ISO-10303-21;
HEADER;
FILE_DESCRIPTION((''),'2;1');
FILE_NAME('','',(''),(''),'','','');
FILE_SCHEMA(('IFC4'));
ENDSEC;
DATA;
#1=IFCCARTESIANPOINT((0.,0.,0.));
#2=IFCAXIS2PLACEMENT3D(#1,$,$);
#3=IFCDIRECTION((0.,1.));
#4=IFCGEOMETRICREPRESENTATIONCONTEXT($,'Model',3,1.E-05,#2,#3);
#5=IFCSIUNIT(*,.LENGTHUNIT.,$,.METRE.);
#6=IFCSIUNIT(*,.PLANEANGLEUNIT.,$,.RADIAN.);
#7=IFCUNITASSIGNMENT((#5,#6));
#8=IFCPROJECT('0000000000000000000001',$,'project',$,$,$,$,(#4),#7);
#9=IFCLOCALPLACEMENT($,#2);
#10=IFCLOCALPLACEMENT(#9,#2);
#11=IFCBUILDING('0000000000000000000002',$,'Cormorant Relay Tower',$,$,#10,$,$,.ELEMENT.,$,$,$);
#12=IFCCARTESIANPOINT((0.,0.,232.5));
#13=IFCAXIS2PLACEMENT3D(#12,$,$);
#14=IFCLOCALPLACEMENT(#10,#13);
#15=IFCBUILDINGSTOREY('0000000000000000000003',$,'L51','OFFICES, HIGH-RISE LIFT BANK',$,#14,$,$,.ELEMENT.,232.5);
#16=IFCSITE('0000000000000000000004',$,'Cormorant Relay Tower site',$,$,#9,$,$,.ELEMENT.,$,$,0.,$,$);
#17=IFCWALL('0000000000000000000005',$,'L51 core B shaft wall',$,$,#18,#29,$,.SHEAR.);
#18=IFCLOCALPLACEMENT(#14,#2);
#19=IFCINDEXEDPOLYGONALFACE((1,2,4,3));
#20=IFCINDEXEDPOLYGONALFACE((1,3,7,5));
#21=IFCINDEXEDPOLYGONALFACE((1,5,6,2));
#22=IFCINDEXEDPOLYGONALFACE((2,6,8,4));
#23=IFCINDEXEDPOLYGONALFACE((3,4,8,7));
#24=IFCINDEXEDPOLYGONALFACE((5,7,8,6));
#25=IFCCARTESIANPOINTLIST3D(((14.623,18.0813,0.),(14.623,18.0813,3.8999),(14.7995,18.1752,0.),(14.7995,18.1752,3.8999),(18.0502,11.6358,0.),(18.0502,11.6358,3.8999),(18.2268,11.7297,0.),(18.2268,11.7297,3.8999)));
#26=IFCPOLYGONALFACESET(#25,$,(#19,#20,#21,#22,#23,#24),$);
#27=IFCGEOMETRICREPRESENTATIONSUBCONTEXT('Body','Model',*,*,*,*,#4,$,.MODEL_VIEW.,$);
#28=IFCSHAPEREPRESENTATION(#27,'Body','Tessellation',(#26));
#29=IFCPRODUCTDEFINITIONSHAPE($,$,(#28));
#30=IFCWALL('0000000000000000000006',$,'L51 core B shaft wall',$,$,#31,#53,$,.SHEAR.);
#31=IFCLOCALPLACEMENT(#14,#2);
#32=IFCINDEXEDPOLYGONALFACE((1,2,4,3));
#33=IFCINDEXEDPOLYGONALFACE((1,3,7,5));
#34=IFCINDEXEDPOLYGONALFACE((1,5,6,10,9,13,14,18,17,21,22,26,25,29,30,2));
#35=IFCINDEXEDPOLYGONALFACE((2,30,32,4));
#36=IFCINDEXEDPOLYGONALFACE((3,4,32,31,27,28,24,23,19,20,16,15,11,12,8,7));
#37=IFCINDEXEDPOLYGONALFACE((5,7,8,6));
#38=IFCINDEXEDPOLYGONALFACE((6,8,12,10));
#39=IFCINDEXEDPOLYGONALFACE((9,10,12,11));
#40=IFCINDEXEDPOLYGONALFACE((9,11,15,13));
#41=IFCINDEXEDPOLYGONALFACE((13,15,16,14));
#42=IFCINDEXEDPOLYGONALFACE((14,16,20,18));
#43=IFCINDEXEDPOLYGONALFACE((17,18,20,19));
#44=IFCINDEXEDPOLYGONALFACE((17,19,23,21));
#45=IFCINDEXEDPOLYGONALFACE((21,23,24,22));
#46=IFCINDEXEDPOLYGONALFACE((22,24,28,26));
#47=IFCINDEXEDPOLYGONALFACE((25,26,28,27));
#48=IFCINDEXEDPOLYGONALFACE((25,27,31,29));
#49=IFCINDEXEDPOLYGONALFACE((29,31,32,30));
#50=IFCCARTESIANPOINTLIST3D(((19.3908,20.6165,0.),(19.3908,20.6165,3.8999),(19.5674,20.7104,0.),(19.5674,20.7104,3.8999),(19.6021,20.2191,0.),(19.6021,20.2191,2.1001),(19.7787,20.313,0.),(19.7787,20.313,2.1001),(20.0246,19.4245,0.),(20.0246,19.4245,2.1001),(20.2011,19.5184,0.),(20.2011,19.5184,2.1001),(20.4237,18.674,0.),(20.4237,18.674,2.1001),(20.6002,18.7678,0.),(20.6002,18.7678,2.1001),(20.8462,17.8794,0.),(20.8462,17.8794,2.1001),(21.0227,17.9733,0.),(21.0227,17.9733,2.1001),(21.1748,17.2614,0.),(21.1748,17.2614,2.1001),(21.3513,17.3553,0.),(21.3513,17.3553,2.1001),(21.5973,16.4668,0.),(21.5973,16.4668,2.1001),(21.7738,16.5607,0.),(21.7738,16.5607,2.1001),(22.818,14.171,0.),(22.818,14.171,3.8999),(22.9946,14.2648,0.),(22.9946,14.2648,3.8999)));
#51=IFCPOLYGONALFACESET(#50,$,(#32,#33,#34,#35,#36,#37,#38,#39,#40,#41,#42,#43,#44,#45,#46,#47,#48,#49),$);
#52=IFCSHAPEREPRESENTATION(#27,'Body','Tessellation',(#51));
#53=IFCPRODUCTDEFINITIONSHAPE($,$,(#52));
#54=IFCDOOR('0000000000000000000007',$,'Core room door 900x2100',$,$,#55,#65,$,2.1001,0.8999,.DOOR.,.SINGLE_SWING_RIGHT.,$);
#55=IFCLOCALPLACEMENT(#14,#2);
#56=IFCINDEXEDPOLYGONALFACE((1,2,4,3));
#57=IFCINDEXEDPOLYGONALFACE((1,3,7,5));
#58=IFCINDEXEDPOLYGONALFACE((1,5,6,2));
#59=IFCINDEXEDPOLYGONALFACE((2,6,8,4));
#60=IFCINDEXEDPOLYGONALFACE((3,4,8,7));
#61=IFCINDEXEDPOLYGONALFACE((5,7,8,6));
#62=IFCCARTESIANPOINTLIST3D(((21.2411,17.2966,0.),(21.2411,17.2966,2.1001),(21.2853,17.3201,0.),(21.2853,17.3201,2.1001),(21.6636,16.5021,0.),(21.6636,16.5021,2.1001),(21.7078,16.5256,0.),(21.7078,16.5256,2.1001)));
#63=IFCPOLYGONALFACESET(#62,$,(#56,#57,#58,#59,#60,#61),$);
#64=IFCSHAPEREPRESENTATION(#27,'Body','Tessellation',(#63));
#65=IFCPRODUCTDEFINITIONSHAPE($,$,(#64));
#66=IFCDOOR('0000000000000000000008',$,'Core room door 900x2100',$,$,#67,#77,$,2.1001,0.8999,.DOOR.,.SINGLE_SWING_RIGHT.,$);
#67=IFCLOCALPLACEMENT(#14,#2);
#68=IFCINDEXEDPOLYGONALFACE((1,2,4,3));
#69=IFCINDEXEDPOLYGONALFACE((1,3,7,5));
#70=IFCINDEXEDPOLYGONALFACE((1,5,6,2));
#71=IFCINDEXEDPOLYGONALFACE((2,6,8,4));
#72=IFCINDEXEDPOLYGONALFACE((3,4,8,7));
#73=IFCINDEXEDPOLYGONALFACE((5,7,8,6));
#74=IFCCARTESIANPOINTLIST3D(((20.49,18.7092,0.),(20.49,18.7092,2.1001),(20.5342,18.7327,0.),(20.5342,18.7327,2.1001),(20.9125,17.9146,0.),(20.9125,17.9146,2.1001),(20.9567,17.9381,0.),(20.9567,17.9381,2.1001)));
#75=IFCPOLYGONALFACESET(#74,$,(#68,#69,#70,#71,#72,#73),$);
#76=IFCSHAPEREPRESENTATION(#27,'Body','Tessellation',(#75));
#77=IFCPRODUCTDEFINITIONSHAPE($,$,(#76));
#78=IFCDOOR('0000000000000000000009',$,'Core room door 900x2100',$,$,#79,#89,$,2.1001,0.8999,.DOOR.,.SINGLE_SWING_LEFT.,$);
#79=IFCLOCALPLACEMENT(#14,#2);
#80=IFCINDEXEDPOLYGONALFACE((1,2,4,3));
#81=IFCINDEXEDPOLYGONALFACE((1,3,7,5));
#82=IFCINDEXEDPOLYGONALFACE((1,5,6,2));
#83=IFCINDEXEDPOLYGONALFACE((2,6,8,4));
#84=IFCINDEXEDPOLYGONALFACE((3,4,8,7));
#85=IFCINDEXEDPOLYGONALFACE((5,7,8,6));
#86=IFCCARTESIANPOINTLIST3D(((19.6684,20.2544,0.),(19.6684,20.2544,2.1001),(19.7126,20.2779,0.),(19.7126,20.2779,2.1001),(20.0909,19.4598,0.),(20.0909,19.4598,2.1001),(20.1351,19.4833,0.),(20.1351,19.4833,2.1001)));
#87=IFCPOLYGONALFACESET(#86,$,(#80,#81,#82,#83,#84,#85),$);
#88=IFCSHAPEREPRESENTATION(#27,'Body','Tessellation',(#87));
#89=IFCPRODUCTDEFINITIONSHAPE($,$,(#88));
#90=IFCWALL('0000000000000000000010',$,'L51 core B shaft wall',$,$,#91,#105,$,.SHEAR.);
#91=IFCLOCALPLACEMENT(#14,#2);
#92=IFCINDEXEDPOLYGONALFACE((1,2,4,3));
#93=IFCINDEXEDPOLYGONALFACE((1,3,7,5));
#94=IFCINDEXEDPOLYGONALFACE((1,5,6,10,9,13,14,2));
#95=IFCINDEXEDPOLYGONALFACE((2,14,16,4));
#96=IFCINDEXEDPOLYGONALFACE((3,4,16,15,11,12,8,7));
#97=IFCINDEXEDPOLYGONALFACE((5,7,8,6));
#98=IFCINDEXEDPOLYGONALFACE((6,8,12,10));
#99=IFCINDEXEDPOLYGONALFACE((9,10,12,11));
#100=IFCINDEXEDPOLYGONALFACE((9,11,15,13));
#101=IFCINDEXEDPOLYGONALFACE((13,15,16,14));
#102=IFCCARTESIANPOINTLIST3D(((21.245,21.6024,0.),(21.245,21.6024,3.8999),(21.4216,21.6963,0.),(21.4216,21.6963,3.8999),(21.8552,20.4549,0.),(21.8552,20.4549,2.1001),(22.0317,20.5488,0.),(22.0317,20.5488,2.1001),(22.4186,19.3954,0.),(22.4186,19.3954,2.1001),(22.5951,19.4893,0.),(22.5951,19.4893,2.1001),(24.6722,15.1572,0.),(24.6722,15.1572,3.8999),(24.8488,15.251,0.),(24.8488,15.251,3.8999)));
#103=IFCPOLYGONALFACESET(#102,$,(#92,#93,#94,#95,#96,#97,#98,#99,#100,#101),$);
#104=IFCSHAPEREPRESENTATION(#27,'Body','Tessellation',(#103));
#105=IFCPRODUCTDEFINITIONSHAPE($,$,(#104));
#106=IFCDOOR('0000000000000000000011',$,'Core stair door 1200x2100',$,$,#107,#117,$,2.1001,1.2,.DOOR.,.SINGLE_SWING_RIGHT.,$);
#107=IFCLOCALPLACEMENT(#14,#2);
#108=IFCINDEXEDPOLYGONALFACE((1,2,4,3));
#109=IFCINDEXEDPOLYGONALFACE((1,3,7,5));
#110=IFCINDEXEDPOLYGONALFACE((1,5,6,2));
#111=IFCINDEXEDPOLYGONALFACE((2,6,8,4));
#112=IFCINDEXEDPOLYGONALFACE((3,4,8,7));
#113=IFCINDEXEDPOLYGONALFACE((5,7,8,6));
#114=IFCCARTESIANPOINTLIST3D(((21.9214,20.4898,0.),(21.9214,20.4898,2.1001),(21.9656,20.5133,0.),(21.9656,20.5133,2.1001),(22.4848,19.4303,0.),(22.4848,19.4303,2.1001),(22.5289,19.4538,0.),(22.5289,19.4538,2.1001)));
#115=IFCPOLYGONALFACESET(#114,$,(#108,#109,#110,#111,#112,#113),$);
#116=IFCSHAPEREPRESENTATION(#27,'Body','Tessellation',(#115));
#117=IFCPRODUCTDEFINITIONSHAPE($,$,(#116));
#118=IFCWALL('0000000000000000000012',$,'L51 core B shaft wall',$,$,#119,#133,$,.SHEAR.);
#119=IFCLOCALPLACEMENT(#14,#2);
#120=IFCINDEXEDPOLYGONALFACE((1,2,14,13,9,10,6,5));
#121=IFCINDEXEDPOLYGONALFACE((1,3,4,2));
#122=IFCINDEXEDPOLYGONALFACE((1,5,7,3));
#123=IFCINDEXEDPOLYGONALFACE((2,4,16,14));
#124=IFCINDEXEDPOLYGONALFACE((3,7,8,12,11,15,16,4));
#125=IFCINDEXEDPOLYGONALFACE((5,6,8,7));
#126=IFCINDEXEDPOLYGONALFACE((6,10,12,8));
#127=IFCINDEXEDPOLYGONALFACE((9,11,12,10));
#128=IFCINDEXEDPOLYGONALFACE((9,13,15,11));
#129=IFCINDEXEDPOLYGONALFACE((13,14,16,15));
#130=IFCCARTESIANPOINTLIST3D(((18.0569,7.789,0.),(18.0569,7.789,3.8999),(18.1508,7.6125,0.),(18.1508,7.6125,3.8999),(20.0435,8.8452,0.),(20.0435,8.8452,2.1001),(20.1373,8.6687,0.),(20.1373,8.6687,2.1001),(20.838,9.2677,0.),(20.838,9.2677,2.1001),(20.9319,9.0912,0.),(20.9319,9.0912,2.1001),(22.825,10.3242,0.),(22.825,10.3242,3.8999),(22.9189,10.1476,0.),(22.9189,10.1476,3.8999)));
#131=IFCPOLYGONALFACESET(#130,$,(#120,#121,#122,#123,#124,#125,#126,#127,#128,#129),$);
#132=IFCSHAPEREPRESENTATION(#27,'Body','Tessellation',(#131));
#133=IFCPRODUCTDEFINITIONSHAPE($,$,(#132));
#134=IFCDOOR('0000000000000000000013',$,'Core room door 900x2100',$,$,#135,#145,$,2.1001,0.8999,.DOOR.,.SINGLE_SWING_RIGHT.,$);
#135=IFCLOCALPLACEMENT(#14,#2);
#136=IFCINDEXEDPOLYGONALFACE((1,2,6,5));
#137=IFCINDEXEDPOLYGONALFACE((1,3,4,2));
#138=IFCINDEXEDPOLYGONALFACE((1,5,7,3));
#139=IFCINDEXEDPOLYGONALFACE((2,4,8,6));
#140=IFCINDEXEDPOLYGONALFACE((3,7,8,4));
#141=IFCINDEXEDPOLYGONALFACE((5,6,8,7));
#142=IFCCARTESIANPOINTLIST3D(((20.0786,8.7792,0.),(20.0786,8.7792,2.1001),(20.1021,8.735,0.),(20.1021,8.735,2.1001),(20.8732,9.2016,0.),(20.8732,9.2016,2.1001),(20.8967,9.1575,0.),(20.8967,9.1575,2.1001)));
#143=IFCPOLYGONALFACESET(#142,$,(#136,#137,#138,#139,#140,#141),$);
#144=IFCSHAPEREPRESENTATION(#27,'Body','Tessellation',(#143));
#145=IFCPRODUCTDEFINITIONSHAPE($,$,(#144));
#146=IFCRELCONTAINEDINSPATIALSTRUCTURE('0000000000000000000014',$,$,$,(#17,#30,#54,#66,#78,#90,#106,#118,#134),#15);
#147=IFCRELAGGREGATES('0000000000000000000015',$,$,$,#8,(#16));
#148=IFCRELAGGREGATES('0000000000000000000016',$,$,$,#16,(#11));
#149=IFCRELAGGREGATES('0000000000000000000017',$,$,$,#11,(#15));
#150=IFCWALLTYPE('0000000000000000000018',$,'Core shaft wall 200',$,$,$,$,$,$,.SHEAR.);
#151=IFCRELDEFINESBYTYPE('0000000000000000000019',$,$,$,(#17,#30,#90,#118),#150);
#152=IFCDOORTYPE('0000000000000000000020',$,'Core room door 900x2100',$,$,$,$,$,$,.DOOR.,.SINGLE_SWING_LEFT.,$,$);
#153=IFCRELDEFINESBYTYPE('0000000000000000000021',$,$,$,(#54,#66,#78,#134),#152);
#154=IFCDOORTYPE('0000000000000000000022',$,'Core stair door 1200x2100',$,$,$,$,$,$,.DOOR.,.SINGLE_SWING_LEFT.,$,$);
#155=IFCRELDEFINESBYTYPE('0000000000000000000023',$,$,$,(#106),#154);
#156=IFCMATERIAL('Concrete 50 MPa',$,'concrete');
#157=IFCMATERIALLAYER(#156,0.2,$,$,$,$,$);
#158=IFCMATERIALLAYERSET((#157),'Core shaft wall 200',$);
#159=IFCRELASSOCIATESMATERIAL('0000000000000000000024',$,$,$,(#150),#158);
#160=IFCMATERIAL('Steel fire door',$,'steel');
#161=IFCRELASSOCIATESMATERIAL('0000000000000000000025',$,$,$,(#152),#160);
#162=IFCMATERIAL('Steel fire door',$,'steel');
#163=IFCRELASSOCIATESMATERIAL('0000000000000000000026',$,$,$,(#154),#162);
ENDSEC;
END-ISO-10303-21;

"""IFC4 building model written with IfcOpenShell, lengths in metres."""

from ifc_helpers import new_model, si_unit, direction, frame, frame_2d, origin, place, context, subcontext, project, spatial, rectangle, extrude, material, layer, layer_set, type_object, element, fill, save


model = new_model("IFC4")

# Units and contexts
model_context = context("Model", 3, precision=1e-05, world=origin(), true_north=direction((0.0, 1.0)))
body_context = subcontext(model_context, "Body", "Model", "MODEL_VIEW")
ifc_project = project(units=[si_unit("LENGTHUNIT", "METRE"), si_unit("PLANEANGLEUNIT", "RADIAN")], contexts=[model_context])

# Site, building, storey
site_placement = place(None, origin())
site = spatial("IfcSite", under=ifc_project, at=site_placement, Name="Cormorant Relay Tower site", CompositionType="ELEMENT", RefElevation=0.0)
building_placement = place(site_placement, origin())
building = spatial("IfcBuilding", under=site, at=building_placement, Name="Cormorant Relay Tower", CompositionType="ELEMENT")
storey_placement = place(building_placement, frame((0.0, 0.0, 232.5)))
storey = spatial("IfcBuildingStorey", under=building, at=storey_placement, Name="L51", Description="OFFICES, HIGH-RISE LIFT BANK", CompositionType="ELEMENT", Elevation=232.5)

# Wall
ifc_material_1 = material(Name="Concrete 50 MPa", Category="concrete")
ifc_layer = layer(ifc_material_1, 0.2)
ifc_layer_set = layer_set([ifc_layer], Name="Core shaft wall 200")
wall_type = type_object("IfcWallType", Name="Core shaft wall 200", PredefinedType="SHEAR", material=ifc_layer_set)
wall_1_placement = place(storey_placement, frame((18.1384, 11.6829, 0.0), z_axis=(0.0, 0.0, 1.0), x_axis=(-0.46948, 0.882943, 0.0)))
element("IfcWall", 1, at=wall_1_placement, inside=storey, type_object=wall_type, Name="L51 core B shaft wall", PredefinedType="SHEAR", context=body_context, shape_type="SweptSolid", body=[
    extrude(rectangle(XDim=7.3, YDim=0.2, at=frame_2d((3.6499, 0.0))), origin(), (0.0, 0.0, 1.0), 3.8999),
])

# Wall, openings, doors
wall_2_placement = place(storey_placement, frame((22.9062, 14.218, 0.0), z_axis=(0.0, 0.0, 1.0), x_axis=(-0.46948, 0.882943, 0.0)))
wall_2 = element("IfcWall", 2, at=wall_2_placement, inside=storey, type_object=wall_type, Name="L51 core B shaft wall", PredefinedType="SHEAR", context=body_context, shape_type="SweptSolid", body=[
    extrude(rectangle(XDim=7.3, YDim=0.2, at=frame_2d((3.6499, 0.0))), origin(), (0.0, 0.0, 1.0), 3.8999),
])
opening_1_placement = place(wall_2_placement, frame((2.6001, 0.0, 0.0)))
opening_1 = element("IfcOpeningElement", 3, at=opening_1_placement, cuts=wall_2, PredefinedType="OPENING", context=body_context, shape_type="SweptSolid", body=[
    extrude(rectangle(XDim=0.8999, YDim=2.1001, at=frame_2d((0.45, 1.05))), frame((0.0, 0.1099, 0.0), z_axis=(0.0, -1.0, 0.0), x_axis=(1.0, 0.0, 0.0)), (0.0, 0.0, 1.0), 0.22),
])
opening_2_placement = place(wall_2_placement, frame((4.2, 0.0, 0.0)))
opening_2 = element("IfcOpeningElement", 4, at=opening_2_placement, cuts=wall_2, PredefinedType="OPENING", context=body_context, shape_type="SweptSolid", body=[
    extrude(rectangle(XDim=0.8999, YDim=2.1001, at=frame_2d((0.45, 1.05))), frame((0.0, 0.1099, 0.0), z_axis=(0.0, -1.0, 0.0), x_axis=(1.0, 0.0, 0.0)), (0.0, 0.0, 1.0), 0.22),
])
opening_3_placement = place(wall_2_placement, frame((5.95, 0.0, 0.0)))
opening_3 = element("IfcOpeningElement", 5, at=opening_3_placement, cuts=wall_2, PredefinedType="OPENING", context=body_context, shape_type="SweptSolid", body=[
    extrude(rectangle(XDim=0.8999, YDim=2.1001, at=frame_2d((0.45, 1.05))), frame((0.0, 0.1099, 0.0), z_axis=(0.0, -1.0, 0.0), x_axis=(1.0, 0.0, 0.0)), (0.0, 0.0, 1.0), 0.22),
])
ifc_material_2 = material(Name="Steel fire door", Category="steel")
door_type_1 = type_object("IfcDoorType", Name="Core room door 900x2100", OperationType="SINGLE_SWING_LEFT", PredefinedType="DOOR", material=ifc_material_2)
door_1_placement = place(opening_1_placement, origin())
door_1 = element("IfcDoor", 6, at=door_1_placement, inside=storey, type_object=door_type_1, Name="Core room door 900x2100", OperationType="SINGLE_SWING_RIGHT", OverallHeight=2.1001, OverallWidth=0.8999, PredefinedType="DOOR", context=body_context, shape_type="SweptSolid", body=[
    extrude(rectangle(XDim=0.8999, YDim=2.1001, at=frame_2d((0.45, 1.05))), frame((0.0, 0.0249, 0.0), z_axis=(0.0, -1.0, 0.0), x_axis=(1.0, 0.0, 0.0)), (0.0, 0.0, 1.0), 0.05),
])
fill(opening_1, door_1)
door_2_placement = place(opening_2_placement, origin())
door_2 = element("IfcDoor", 7, at=door_2_placement, inside=storey, type_object=door_type_1, Name="Core room door 900x2100", OperationType="SINGLE_SWING_RIGHT", OverallHeight=2.1001, OverallWidth=0.8999, PredefinedType="DOOR", context=body_context, shape_type="SweptSolid", body=[
    extrude(rectangle(XDim=0.8999, YDim=2.1001, at=frame_2d((0.45, 1.05))), frame((0.0, 0.0249, 0.0), z_axis=(0.0, -1.0, 0.0), x_axis=(1.0, 0.0, 0.0)), (0.0, 0.0, 1.0), 0.05),
])
fill(opening_2, door_2)
door_3_placement = place(opening_3_placement, origin())
door_3 = element("IfcDoor", 8, at=door_3_placement, inside=storey, type_object=door_type_1, Name="Core room door 900x2100", OperationType="SINGLE_SWING_LEFT", OverallHeight=2.1001, OverallWidth=0.8999, PredefinedType="DOOR", context=body_context, shape_type="SweptSolid", body=[
    extrude(rectangle(XDim=0.8999, YDim=2.1001, at=frame_2d((0.45, 1.05))), frame((0.0, 0.0249, 0.0), z_axis=(0.0, -1.0, 0.0), x_axis=(1.0, 0.0, 0.0)), (0.0, 0.0, 1.0), 0.05),
])
fill(opening_3, door_3)

# Walls, openings, doors
wall_3_placement = place(storey_placement, frame((24.7605, 15.2041, 0.0), z_axis=(0.0, 0.0, 1.0), x_axis=(-0.469494, 0.882936, 0.0)))
wall_3 = element("IfcWall", 9, at=wall_3_placement, inside=storey, type_object=wall_type, Name="L51 core B shaft wall", PredefinedType="SHEAR", context=body_context, shape_type="SweptSolid", body=[
    extrude(rectangle(XDim=7.2998, YDim=0.2, at=frame_2d((3.6499, 0.0))), origin(), (0.0, 0.0, 1.0), 3.8999),
])
opening_4_placement = place(wall_3_placement, frame((4.8, 0.0, 0.0)))
opening_4 = element("IfcOpeningElement", 10, at=opening_4_placement, cuts=wall_3, PredefinedType="OPENING", context=body_context, shape_type="SweptSolid", body=[
    extrude(rectangle(XDim=1.2, YDim=2.1001, at=frame_2d((0.6001, 1.05))), frame((0.0, 0.1099, 0.0), z_axis=(0.0, -1.0, 0.0), x_axis=(1.0, 0.0, 0.0)), (0.0, 0.0, 1.0), 0.22),
])
ifc_material_3 = material(Name="Steel fire door", Category="steel")
door_type_2 = type_object("IfcDoorType", Name="Core stair door 1200x2100", OperationType="SINGLE_SWING_LEFT", PredefinedType="DOOR", material=ifc_material_3)
door_4_placement = place(opening_4_placement, frame((1.2, 0.0, 0.0), z_axis=(0.0, 0.0, 1.0), x_axis=(-1.0, 0.0, 0.0)))
door_4 = element("IfcDoor", 11, at=door_4_placement, inside=storey, type_object=door_type_2, Name="Core stair door 1200x2100", OperationType="SINGLE_SWING_RIGHT", OverallHeight=2.1001, OverallWidth=1.2, PredefinedType="DOOR", context=body_context, shape_type="SweptSolid", body=[
    extrude(rectangle(XDim=1.2, YDim=2.1001, at=frame_2d((0.6001, 1.05))), frame((0.0, 0.0249, 0.0), z_axis=(0.0, -1.0, 0.0), x_axis=(1.0, 0.0, 0.0)), (0.0, 0.0, 1.0), 0.05),
])
fill(opening_4, door_4)
wall_4_placement = place(storey_placement, frame((18.1038, 7.7007, 0.0), z_axis=(0.0, 0.0, 1.0), x_axis=(0.882953, 0.469462, 0.0)))
wall_4 = element("IfcWall", 12, at=wall_4_placement, inside=storey, type_object=wall_type, Name="L51 core B shaft wall", PredefinedType="SHEAR", context=body_context, shape_type="SweptSolid", body=[
    extrude(rectangle(XDim=5.4001, YDim=0.2, at=frame_2d((2.7002, 0.0))), origin(), (0.0, 0.0, 1.0), 3.8999),
])
opening_5_placement = place(wall_4_placement, frame((2.25, 0.0, 0.0)))
opening_5 = element("IfcOpeningElement", 13, at=opening_5_placement, cuts=wall_4, PredefinedType="OPENING", context=body_context, shape_type="SweptSolid", body=[
    extrude(rectangle(XDim=0.8999, YDim=2.1001, at=frame_2d((0.45, 1.05))), frame((0.0, 0.1099, 0.0), z_axis=(0.0, -1.0, 0.0), x_axis=(1.0, 0.0, 0.0)), (0.0, 0.0, 1.0), 0.22),
])
door_5_placement = place(opening_5_placement, frame((0.8999, 0.0, 0.0), z_axis=(0.0, 0.0, 1.0), x_axis=(-1.0, 0.0, 0.0)))
door_5 = element("IfcDoor", 14, at=door_5_placement, inside=storey, type_object=door_type_1, Name="Core room door 900x2100", OperationType="SINGLE_SWING_RIGHT", OverallHeight=2.1001, OverallWidth=0.8999, PredefinedType="DOOR", context=body_context, shape_type="SweptSolid", body=[
    extrude(rectangle(XDim=0.8999, YDim=2.1001, at=frame_2d((0.45, 1.05))), frame((0.0, 0.0249, 0.0), z_axis=(0.0, -1.0, 0.0), x_axis=(1.0, 0.0, 0.0)), (0.0, 0.0, 1.0), 0.05),
])
fill(opening_5, door_5)

save(model, "model.ifc")
